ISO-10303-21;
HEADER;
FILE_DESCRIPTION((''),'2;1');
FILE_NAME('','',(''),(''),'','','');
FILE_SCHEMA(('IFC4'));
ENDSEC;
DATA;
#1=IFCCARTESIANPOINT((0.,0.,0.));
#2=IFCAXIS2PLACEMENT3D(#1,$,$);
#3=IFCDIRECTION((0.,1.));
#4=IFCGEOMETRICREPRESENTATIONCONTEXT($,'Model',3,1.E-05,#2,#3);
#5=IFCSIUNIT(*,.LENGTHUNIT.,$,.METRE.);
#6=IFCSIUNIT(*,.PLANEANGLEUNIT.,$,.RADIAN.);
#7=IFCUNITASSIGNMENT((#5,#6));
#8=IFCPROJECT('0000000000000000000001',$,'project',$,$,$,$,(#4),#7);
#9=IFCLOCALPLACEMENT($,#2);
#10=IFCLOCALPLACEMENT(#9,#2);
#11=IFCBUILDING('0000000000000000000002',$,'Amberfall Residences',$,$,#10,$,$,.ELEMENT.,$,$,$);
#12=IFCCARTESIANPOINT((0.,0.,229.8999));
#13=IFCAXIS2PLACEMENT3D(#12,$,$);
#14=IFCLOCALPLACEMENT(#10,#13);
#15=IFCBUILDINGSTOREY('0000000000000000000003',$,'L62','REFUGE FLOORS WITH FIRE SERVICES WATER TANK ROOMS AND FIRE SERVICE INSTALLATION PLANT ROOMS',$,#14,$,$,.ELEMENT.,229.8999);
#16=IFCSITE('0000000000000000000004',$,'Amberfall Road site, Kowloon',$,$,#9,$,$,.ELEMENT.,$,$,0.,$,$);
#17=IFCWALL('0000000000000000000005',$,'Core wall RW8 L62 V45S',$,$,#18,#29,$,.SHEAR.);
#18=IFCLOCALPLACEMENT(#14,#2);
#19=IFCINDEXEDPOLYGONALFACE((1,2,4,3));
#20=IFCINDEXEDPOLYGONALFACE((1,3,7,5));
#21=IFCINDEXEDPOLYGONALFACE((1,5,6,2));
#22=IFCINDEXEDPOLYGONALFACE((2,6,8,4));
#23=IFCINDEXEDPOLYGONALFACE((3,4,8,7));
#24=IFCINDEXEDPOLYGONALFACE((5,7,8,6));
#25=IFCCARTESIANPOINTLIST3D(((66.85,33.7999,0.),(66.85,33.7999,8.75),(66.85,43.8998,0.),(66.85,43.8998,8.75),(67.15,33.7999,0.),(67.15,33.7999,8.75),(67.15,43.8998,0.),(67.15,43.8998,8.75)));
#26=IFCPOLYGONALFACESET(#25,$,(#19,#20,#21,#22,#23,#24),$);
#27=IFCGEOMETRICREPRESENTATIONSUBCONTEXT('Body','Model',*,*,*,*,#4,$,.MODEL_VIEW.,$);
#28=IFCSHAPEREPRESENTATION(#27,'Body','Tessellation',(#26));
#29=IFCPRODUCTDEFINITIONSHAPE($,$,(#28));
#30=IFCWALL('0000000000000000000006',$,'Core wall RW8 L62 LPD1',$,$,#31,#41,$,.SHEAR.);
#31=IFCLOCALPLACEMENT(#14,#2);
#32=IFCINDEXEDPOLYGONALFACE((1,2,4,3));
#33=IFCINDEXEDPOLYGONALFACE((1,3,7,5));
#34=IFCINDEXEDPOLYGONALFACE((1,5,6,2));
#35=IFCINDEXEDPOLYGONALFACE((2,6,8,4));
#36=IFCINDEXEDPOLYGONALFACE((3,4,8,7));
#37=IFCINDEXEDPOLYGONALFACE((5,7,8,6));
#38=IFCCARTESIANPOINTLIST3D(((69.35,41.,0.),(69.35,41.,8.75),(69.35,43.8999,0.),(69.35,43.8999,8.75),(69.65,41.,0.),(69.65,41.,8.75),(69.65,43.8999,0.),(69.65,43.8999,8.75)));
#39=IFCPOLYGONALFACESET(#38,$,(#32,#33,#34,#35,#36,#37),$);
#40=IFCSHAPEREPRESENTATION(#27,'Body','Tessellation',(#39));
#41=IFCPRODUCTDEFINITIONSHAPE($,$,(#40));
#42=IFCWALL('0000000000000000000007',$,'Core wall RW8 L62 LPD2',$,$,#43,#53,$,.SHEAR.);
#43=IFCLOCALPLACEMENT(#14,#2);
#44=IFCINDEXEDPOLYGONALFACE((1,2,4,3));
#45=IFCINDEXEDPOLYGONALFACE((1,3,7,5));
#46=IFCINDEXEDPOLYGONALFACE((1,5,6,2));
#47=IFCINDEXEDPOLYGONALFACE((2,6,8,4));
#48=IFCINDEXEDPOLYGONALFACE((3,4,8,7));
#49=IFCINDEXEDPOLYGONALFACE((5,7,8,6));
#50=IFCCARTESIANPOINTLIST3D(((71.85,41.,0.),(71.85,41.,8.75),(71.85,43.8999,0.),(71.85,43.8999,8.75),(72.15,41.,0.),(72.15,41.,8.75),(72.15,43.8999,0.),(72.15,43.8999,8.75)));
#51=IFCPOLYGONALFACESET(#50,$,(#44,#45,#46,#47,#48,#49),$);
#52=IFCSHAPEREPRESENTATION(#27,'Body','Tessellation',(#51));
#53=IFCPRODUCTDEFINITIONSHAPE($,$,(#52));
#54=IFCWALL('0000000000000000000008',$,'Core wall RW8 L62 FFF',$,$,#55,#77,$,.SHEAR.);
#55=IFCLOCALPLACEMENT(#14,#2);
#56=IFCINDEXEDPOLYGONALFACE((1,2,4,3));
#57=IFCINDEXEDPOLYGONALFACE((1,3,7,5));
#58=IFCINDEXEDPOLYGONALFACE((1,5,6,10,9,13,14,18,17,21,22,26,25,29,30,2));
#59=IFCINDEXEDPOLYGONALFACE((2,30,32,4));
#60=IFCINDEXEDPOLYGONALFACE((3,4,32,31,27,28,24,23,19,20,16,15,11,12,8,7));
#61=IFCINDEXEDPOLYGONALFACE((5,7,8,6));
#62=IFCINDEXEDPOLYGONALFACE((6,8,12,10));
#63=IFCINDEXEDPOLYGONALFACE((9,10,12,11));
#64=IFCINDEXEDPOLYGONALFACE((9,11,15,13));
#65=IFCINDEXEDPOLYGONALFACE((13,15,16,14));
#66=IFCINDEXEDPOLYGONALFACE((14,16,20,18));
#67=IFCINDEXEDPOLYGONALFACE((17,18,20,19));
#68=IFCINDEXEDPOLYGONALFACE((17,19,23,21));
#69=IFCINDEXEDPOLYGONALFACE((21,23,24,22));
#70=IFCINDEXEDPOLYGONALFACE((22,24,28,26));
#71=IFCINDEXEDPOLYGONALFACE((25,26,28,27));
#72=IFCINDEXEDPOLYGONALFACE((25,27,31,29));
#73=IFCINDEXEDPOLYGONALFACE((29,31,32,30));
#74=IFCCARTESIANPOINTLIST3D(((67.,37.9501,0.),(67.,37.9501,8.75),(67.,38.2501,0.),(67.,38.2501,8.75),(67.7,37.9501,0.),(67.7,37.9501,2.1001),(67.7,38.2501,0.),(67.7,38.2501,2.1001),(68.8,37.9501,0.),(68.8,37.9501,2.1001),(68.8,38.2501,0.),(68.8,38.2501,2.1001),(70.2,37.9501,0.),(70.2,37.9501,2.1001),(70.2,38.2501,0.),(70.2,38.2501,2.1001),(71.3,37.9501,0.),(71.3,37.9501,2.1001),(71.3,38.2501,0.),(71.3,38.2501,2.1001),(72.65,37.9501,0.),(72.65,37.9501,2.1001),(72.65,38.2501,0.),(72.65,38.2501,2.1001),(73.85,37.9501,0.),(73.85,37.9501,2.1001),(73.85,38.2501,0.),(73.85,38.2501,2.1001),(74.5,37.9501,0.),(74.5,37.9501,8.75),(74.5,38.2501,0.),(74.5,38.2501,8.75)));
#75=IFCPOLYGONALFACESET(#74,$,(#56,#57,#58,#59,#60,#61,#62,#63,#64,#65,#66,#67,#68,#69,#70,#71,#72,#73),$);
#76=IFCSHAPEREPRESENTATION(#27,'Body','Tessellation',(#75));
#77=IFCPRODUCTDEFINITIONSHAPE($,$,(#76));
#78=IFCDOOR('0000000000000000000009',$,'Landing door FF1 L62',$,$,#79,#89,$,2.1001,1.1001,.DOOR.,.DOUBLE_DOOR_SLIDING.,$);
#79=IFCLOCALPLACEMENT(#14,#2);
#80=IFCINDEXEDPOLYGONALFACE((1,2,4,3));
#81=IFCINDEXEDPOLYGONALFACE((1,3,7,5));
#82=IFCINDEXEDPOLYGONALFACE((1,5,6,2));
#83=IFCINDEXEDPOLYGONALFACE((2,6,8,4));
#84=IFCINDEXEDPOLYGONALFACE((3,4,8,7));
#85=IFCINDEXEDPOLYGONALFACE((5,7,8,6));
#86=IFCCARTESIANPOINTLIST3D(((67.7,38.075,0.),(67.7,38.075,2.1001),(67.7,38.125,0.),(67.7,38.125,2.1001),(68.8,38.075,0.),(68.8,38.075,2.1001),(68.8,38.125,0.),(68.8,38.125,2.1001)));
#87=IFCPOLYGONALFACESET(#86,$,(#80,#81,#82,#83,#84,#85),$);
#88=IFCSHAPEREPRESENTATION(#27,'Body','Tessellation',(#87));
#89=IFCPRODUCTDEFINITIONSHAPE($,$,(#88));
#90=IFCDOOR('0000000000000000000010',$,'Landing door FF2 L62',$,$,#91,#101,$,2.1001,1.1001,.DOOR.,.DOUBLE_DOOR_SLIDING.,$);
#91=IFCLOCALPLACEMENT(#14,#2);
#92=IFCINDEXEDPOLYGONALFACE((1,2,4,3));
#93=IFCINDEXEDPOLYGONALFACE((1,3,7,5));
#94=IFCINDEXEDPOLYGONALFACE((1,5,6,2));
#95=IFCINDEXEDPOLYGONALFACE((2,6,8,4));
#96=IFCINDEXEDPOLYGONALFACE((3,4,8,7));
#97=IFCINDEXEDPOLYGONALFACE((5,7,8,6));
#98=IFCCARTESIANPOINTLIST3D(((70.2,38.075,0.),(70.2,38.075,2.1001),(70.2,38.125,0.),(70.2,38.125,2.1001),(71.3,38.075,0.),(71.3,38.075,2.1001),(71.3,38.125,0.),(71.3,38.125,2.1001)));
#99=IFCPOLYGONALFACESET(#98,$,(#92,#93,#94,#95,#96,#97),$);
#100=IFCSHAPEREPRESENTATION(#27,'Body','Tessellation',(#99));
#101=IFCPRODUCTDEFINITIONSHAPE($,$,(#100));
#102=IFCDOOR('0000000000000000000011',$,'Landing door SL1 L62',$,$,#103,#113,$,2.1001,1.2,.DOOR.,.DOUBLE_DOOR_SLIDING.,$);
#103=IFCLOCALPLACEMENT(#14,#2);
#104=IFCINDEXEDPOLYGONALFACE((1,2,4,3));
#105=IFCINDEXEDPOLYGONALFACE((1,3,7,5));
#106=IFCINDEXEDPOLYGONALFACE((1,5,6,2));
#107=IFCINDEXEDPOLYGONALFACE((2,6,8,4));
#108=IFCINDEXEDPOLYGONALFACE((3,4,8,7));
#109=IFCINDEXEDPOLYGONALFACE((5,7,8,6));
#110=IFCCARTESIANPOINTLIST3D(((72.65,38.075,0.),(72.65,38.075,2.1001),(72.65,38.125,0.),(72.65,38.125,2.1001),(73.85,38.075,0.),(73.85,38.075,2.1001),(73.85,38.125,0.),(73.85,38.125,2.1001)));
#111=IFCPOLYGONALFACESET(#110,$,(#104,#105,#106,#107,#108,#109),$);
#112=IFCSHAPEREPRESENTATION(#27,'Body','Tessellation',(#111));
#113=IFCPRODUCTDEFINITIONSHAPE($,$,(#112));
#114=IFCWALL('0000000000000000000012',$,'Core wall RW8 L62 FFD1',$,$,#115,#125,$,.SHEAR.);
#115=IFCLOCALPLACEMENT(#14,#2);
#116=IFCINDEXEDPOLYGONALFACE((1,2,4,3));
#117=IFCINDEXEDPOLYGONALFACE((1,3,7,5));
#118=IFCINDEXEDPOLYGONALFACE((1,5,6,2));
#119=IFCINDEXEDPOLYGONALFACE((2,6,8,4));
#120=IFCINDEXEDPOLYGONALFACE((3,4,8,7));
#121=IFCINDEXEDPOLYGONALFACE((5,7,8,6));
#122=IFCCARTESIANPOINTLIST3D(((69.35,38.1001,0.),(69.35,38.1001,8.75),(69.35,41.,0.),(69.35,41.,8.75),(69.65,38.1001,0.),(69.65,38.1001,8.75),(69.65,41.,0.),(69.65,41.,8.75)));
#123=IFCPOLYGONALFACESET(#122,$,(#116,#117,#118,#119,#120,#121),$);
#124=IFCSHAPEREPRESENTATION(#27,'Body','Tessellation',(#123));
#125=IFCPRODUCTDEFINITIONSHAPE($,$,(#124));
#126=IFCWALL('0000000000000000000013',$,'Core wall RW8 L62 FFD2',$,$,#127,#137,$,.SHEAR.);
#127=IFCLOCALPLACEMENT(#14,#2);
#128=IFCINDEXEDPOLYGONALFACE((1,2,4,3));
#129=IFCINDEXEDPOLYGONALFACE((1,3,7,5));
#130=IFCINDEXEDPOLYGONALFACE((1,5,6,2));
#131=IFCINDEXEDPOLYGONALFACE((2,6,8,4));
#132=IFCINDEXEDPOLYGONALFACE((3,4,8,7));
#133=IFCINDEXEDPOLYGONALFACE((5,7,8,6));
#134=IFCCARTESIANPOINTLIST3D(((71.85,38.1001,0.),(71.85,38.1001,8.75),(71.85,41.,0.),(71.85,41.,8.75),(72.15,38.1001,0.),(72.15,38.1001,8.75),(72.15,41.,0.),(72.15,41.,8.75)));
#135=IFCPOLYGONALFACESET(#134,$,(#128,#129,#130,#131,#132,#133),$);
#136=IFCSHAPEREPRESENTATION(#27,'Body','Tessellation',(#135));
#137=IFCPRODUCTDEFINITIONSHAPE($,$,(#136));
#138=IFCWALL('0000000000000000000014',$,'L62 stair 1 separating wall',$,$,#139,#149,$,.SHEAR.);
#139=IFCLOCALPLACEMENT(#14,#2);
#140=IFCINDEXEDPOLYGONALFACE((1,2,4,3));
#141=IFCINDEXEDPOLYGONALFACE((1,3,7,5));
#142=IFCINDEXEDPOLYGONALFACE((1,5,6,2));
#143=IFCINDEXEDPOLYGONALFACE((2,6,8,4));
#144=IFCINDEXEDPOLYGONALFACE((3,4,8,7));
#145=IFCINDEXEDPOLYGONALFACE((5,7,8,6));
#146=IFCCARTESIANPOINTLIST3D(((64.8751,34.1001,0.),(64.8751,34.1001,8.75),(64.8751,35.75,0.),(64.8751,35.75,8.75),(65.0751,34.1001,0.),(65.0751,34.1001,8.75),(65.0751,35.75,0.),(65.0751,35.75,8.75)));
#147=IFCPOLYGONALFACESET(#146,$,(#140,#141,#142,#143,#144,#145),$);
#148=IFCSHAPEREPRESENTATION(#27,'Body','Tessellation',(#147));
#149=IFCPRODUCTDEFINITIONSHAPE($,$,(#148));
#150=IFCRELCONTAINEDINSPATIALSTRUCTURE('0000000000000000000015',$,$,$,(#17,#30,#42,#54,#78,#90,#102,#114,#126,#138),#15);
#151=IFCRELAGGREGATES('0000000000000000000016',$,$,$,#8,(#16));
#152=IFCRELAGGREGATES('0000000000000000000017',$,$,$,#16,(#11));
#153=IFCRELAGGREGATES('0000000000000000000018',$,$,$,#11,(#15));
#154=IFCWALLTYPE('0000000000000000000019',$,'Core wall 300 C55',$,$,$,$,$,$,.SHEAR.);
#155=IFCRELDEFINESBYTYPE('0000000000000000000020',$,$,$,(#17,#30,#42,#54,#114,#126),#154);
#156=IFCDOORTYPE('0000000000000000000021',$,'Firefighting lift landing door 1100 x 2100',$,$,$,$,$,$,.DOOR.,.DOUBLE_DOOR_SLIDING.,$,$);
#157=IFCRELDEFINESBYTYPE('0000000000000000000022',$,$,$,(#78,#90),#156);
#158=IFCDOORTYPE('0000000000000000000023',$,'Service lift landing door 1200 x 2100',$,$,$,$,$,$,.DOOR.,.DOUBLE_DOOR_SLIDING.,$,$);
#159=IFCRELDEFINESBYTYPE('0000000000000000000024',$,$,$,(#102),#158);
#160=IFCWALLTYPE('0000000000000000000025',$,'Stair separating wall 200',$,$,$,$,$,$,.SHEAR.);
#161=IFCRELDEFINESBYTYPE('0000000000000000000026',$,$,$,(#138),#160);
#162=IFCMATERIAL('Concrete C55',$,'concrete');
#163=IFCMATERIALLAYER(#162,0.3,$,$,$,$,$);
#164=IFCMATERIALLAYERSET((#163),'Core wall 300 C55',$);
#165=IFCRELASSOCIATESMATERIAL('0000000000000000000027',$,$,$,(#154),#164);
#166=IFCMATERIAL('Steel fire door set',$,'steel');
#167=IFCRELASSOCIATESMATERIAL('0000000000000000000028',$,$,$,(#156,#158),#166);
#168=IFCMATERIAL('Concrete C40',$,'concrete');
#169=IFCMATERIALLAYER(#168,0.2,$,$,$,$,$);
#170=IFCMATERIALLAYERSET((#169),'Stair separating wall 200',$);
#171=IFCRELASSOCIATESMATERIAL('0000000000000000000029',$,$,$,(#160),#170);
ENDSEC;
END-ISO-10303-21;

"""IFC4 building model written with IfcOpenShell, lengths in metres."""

from ifc_helpers import new_model, si_unit, direction, frame, frame_2d, origin, place, context, subcontext, project, spatial, rectangle, extrude, material, layer, layer_set, type_object, element, fill, save


model = new_model("IFC4")

# Units and contexts
model_context = context("Model", 3, precision=1e-05, world=origin(), true_north=direction((0.0, 1.0)))
body_context = subcontext(model_context, "Body", "Model", "MODEL_VIEW")
ifc_project = project(units=[si_unit("LENGTHUNIT", "METRE"), si_unit("PLANEANGLEUNIT", "RADIAN")], contexts=[model_context])

# Site, building, storey
site_placement = place(None, origin())
site = spatial("IfcSite", under=ifc_project, at=site_placement, Name="Amberfall Road site, Kowloon", CompositionType="ELEMENT", RefElevation=0.0)
building_placement = place(site_placement, origin())
building = spatial("IfcBuilding", under=site, at=building_placement, Name="Amberfall Residences", CompositionType="ELEMENT")
storey_placement = place(building_placement, frame((0.0, 0.0, 229.8999)))
storey = spatial("IfcBuildingStorey", under=building, at=storey_placement, Name="L62", Description="REFUGE FLOORS WITH FIRE SERVICES WATER TANK ROOMS AND FIRE SERVICE INSTALLATION PLANT ROOMS", CompositionType="ELEMENT", Elevation=229.8999)

# Walls
ifc_material_1 = material(Name="Concrete C55", Category="concrete")
ifc_layer_1 = layer(ifc_material_1, 0.3)
ifc_layer_set_1 = layer_set([ifc_layer_1], Name="Core wall 300 C55")
wall_type_1 = type_object("IfcWallType", Name="Core wall 300 C55", PredefinedType="SHEAR", material=ifc_layer_set_1)
wall_1_placement = place(storey_placement, frame((67.0, 33.8, 0.0), z_axis=(0.0, 0.0, 1.0), x_axis=(0.0, 1.0, 0.0)))
element("IfcWall", 1, at=wall_1_placement, inside=storey, type_object=wall_type_1, Name="Core wall RW8 L62 V45S", PredefinedType="SHEAR", context=body_context, shape_type="SweptSolid", body=[
    extrude(rectangle(XDim=10.0999, YDim=0.3, at=frame_2d((5.0498, 0.0))), origin(), (0.0, 0.0, 1.0), 8.75),
])
for number, where, z_axis, x_axis, name in (
    (2, (69.5, 41.0, 0.0), (0.0, 0.0, 1.0), (0.0, 1.0, 0.0), "Core wall RW8 L62 LPD1"),
    (3, (72.0, 41.0, 0.0), (0.0, 0.0, 1.0), (0.0, 1.0, 0.0), "Core wall RW8 L62 LPD2"),
):
    element("IfcWall", number, at=place(storey_placement, frame(where, z_axis=z_axis, x_axis=x_axis)), inside=storey, type_object=wall_type_1, Name=name, PredefinedType="SHEAR", context=body_context, shape_type="SweptSolid", body=[
        extrude(rectangle(XDim=2.8999, YDim=0.3, at=frame_2d((1.45, 0.0))), origin(), (0.0, 0.0, 1.0), 8.75),
    ])

# Wall, openings, doors
wall_2_placement = place(storey_placement, frame((67.0, 38.1001, 0.0), z_axis=(0.0, 0.0, 1.0), x_axis=(1.0, 0.0, 0.0)))
wall_2 = element("IfcWall", 4, at=wall_2_placement, inside=storey, type_object=wall_type_1, Name="Core wall RW8 L62 FFF", PredefinedType="SHEAR", context=body_context, shape_type="SweptSolid", body=[
    extrude(rectangle(XDim=7.5, YDim=0.3, at=frame_2d((3.75, 0.0))), origin(), (0.0, 0.0, 1.0), 8.75),
])
opening_1_placement = place(wall_2_placement, frame((0.7, 0.0, 0.0)))
opening_1 = element("IfcOpeningElement", 5, at=opening_1_placement, cuts=wall_2, PredefinedType="OPENING", context=body_context, shape_type="SweptSolid", body=[
    extrude(rectangle(XDim=1.1001, YDim=2.1001, at=frame_2d((0.55, 1.05))), frame((0.0, 0.1599, 0.0), z_axis=(0.0, -1.0, 0.0), x_axis=(1.0, 0.0, 0.0)), (0.0, 0.0, 1.0), 0.3201),
])
opening_2_placement = place(wall_2_placement, frame((3.2, 0.0, 0.0)))
opening_2 = element("IfcOpeningElement", 6, at=opening_2_placement, cuts=wall_2, PredefinedType="OPENING", context=body_context, shape_type="SweptSolid", body=[
    extrude(rectangle(XDim=1.1001, YDim=2.1001, at=frame_2d((0.55, 1.05))), frame((0.0, 0.1599, 0.0), z_axis=(0.0, -1.0, 0.0), x_axis=(1.0, 0.0, 0.0)), (0.0, 0.0, 1.0), 0.3201),
])
opening_3_placement = place(wall_2_placement, frame((5.6499, 0.0, 0.0)))
opening_3 = element("IfcOpeningElement", 7, at=opening_3_placement, cuts=wall_2, PredefinedType="OPENING", context=body_context, shape_type="SweptSolid", body=[
    extrude(rectangle(XDim=1.2, YDim=2.1001, at=frame_2d((0.6001, 1.05))), frame((0.0, 0.1599, 0.0), z_axis=(0.0, -1.0, 0.0), x_axis=(1.0, 0.0, 0.0)), (0.0, 0.0, 1.0), 0.3201),
])
ifc_material_2 = material(Name="Steel fire door set", Category="steel")
door_type_1 = type_object("IfcDoorType", Name="Firefighting lift landing door 1100 x 2100", OperationType="DOUBLE_DOOR_SLIDING", PredefinedType="DOOR", material=ifc_material_2)
door_1_placement = place(opening_1_placement, origin())
door_1 = element("IfcDoor", 8, at=door_1_placement, inside=storey, type_object=door_type_1, Name="Landing door FF1 L62", OperationType="DOUBLE_DOOR_SLIDING", OverallHeight=2.1001, OverallWidth=1.1001, PredefinedType="DOOR", context=body_context, shape_type="SweptSolid", body=[
    extrude(rectangle(XDim=1.1001, YDim=2.1001, at=frame_2d((0.55, 1.05))), frame((0.0, 0.0249, 0.0), z_axis=(0.0, -1.0, 0.0), x_axis=(1.0, 0.0, 0.0)), (0.0, 0.0, 1.0), 0.05),
])
fill(opening_1, door_1)
door_2_placement = place(opening_2_placement, origin())
door_2 = element("IfcDoor", 9, at=door_2_placement, inside=storey, type_object=door_type_1, Name="Landing door FF2 L62", OperationType="DOUBLE_DOOR_SLIDING", OverallHeight=2.1001, OverallWidth=1.1001, PredefinedType="DOOR", context=body_context, shape_type="SweptSolid", body=[
    extrude(rectangle(XDim=1.1001, YDim=2.1001, at=frame_2d((0.55, 1.05))), frame((0.0, 0.0249, 0.0), z_axis=(0.0, -1.0, 0.0), x_axis=(1.0, 0.0, 0.0)), (0.0, 0.0, 1.0), 0.05),
])
fill(opening_2, door_2)
door_type_2 = type_object("IfcDoorType", Name="Service lift landing door 1200 x 2100", OperationType="DOUBLE_DOOR_SLIDING", PredefinedType="DOOR", material=ifc_material_2)
door_3_placement = place(opening_3_placement, origin())
door_3 = element("IfcDoor", 10, at=door_3_placement, inside=storey, type_object=door_type_2, Name="Landing door SL1 L62", OperationType="DOUBLE_DOOR_SLIDING", OverallHeight=2.1001, OverallWidth=1.2, PredefinedType="DOOR", context=body_context, shape_type="SweptSolid", body=[
    extrude(rectangle(XDim=1.2, YDim=2.1001, at=frame_2d((0.6001, 1.05))), frame((0.0, 0.0249, 0.0), z_axis=(0.0, -1.0, 0.0), x_axis=(1.0, 0.0, 0.0)), (0.0, 0.0, 1.0), 0.05),
])
fill(opening_3, door_3)

# Walls
for number, where, z_axis, x_axis, name in (
    (11, (69.5, 38.1001, 0.0), (0.0, 0.0, 1.0), (0.0, 1.0, 0.0), "Core wall RW8 L62 FFD1"),
    (12, (72.0, 38.1001, 0.0), (0.0, 0.0, 1.0), (0.0, 1.0, 0.0), "Core wall RW8 L62 FFD2"),
):
    element("IfcWall", number, at=place(storey_placement, frame(where, z_axis=z_axis, x_axis=x_axis)), inside=storey, type_object=wall_type_1, Name=name, PredefinedType="SHEAR", context=body_context, shape_type="SweptSolid", body=[
        extrude(rectangle(XDim=2.8999, YDim=0.3, at=frame_2d((1.45, 0.0))), origin(), (0.0, 0.0, 1.0), 8.75),
    ])
ifc_material_3 = material(Name="Concrete C40", Category="concrete")
ifc_layer_2 = layer(ifc_material_3, 0.2)
ifc_layer_set_2 = layer_set([ifc_layer_2], Name="Stair separating wall 200")
wall_type_2 = type_object("IfcWallType", Name="Stair separating wall 200", PredefinedType="SHEAR", material=ifc_layer_set_2)
wall_3_placement = place(storey_placement, frame((64.9751, 34.1001, 0.0), z_axis=(0.0, 0.0, 1.0), x_axis=(0.0, 1.0, 0.0)))
element("IfcWall", 13, at=wall_3_placement, inside=storey, type_object=wall_type_2, Name="L62 stair 1 separating wall", PredefinedType="SHEAR", context=body_context, shape_type="SweptSolid", body=[
    extrude(rectangle(XDim=1.6499, YDim=0.2, at=frame_2d((0.825, 0.0))), origin(), (0.0, 0.0, 1.0), 8.75),
])

save(model, "model.ifc")
